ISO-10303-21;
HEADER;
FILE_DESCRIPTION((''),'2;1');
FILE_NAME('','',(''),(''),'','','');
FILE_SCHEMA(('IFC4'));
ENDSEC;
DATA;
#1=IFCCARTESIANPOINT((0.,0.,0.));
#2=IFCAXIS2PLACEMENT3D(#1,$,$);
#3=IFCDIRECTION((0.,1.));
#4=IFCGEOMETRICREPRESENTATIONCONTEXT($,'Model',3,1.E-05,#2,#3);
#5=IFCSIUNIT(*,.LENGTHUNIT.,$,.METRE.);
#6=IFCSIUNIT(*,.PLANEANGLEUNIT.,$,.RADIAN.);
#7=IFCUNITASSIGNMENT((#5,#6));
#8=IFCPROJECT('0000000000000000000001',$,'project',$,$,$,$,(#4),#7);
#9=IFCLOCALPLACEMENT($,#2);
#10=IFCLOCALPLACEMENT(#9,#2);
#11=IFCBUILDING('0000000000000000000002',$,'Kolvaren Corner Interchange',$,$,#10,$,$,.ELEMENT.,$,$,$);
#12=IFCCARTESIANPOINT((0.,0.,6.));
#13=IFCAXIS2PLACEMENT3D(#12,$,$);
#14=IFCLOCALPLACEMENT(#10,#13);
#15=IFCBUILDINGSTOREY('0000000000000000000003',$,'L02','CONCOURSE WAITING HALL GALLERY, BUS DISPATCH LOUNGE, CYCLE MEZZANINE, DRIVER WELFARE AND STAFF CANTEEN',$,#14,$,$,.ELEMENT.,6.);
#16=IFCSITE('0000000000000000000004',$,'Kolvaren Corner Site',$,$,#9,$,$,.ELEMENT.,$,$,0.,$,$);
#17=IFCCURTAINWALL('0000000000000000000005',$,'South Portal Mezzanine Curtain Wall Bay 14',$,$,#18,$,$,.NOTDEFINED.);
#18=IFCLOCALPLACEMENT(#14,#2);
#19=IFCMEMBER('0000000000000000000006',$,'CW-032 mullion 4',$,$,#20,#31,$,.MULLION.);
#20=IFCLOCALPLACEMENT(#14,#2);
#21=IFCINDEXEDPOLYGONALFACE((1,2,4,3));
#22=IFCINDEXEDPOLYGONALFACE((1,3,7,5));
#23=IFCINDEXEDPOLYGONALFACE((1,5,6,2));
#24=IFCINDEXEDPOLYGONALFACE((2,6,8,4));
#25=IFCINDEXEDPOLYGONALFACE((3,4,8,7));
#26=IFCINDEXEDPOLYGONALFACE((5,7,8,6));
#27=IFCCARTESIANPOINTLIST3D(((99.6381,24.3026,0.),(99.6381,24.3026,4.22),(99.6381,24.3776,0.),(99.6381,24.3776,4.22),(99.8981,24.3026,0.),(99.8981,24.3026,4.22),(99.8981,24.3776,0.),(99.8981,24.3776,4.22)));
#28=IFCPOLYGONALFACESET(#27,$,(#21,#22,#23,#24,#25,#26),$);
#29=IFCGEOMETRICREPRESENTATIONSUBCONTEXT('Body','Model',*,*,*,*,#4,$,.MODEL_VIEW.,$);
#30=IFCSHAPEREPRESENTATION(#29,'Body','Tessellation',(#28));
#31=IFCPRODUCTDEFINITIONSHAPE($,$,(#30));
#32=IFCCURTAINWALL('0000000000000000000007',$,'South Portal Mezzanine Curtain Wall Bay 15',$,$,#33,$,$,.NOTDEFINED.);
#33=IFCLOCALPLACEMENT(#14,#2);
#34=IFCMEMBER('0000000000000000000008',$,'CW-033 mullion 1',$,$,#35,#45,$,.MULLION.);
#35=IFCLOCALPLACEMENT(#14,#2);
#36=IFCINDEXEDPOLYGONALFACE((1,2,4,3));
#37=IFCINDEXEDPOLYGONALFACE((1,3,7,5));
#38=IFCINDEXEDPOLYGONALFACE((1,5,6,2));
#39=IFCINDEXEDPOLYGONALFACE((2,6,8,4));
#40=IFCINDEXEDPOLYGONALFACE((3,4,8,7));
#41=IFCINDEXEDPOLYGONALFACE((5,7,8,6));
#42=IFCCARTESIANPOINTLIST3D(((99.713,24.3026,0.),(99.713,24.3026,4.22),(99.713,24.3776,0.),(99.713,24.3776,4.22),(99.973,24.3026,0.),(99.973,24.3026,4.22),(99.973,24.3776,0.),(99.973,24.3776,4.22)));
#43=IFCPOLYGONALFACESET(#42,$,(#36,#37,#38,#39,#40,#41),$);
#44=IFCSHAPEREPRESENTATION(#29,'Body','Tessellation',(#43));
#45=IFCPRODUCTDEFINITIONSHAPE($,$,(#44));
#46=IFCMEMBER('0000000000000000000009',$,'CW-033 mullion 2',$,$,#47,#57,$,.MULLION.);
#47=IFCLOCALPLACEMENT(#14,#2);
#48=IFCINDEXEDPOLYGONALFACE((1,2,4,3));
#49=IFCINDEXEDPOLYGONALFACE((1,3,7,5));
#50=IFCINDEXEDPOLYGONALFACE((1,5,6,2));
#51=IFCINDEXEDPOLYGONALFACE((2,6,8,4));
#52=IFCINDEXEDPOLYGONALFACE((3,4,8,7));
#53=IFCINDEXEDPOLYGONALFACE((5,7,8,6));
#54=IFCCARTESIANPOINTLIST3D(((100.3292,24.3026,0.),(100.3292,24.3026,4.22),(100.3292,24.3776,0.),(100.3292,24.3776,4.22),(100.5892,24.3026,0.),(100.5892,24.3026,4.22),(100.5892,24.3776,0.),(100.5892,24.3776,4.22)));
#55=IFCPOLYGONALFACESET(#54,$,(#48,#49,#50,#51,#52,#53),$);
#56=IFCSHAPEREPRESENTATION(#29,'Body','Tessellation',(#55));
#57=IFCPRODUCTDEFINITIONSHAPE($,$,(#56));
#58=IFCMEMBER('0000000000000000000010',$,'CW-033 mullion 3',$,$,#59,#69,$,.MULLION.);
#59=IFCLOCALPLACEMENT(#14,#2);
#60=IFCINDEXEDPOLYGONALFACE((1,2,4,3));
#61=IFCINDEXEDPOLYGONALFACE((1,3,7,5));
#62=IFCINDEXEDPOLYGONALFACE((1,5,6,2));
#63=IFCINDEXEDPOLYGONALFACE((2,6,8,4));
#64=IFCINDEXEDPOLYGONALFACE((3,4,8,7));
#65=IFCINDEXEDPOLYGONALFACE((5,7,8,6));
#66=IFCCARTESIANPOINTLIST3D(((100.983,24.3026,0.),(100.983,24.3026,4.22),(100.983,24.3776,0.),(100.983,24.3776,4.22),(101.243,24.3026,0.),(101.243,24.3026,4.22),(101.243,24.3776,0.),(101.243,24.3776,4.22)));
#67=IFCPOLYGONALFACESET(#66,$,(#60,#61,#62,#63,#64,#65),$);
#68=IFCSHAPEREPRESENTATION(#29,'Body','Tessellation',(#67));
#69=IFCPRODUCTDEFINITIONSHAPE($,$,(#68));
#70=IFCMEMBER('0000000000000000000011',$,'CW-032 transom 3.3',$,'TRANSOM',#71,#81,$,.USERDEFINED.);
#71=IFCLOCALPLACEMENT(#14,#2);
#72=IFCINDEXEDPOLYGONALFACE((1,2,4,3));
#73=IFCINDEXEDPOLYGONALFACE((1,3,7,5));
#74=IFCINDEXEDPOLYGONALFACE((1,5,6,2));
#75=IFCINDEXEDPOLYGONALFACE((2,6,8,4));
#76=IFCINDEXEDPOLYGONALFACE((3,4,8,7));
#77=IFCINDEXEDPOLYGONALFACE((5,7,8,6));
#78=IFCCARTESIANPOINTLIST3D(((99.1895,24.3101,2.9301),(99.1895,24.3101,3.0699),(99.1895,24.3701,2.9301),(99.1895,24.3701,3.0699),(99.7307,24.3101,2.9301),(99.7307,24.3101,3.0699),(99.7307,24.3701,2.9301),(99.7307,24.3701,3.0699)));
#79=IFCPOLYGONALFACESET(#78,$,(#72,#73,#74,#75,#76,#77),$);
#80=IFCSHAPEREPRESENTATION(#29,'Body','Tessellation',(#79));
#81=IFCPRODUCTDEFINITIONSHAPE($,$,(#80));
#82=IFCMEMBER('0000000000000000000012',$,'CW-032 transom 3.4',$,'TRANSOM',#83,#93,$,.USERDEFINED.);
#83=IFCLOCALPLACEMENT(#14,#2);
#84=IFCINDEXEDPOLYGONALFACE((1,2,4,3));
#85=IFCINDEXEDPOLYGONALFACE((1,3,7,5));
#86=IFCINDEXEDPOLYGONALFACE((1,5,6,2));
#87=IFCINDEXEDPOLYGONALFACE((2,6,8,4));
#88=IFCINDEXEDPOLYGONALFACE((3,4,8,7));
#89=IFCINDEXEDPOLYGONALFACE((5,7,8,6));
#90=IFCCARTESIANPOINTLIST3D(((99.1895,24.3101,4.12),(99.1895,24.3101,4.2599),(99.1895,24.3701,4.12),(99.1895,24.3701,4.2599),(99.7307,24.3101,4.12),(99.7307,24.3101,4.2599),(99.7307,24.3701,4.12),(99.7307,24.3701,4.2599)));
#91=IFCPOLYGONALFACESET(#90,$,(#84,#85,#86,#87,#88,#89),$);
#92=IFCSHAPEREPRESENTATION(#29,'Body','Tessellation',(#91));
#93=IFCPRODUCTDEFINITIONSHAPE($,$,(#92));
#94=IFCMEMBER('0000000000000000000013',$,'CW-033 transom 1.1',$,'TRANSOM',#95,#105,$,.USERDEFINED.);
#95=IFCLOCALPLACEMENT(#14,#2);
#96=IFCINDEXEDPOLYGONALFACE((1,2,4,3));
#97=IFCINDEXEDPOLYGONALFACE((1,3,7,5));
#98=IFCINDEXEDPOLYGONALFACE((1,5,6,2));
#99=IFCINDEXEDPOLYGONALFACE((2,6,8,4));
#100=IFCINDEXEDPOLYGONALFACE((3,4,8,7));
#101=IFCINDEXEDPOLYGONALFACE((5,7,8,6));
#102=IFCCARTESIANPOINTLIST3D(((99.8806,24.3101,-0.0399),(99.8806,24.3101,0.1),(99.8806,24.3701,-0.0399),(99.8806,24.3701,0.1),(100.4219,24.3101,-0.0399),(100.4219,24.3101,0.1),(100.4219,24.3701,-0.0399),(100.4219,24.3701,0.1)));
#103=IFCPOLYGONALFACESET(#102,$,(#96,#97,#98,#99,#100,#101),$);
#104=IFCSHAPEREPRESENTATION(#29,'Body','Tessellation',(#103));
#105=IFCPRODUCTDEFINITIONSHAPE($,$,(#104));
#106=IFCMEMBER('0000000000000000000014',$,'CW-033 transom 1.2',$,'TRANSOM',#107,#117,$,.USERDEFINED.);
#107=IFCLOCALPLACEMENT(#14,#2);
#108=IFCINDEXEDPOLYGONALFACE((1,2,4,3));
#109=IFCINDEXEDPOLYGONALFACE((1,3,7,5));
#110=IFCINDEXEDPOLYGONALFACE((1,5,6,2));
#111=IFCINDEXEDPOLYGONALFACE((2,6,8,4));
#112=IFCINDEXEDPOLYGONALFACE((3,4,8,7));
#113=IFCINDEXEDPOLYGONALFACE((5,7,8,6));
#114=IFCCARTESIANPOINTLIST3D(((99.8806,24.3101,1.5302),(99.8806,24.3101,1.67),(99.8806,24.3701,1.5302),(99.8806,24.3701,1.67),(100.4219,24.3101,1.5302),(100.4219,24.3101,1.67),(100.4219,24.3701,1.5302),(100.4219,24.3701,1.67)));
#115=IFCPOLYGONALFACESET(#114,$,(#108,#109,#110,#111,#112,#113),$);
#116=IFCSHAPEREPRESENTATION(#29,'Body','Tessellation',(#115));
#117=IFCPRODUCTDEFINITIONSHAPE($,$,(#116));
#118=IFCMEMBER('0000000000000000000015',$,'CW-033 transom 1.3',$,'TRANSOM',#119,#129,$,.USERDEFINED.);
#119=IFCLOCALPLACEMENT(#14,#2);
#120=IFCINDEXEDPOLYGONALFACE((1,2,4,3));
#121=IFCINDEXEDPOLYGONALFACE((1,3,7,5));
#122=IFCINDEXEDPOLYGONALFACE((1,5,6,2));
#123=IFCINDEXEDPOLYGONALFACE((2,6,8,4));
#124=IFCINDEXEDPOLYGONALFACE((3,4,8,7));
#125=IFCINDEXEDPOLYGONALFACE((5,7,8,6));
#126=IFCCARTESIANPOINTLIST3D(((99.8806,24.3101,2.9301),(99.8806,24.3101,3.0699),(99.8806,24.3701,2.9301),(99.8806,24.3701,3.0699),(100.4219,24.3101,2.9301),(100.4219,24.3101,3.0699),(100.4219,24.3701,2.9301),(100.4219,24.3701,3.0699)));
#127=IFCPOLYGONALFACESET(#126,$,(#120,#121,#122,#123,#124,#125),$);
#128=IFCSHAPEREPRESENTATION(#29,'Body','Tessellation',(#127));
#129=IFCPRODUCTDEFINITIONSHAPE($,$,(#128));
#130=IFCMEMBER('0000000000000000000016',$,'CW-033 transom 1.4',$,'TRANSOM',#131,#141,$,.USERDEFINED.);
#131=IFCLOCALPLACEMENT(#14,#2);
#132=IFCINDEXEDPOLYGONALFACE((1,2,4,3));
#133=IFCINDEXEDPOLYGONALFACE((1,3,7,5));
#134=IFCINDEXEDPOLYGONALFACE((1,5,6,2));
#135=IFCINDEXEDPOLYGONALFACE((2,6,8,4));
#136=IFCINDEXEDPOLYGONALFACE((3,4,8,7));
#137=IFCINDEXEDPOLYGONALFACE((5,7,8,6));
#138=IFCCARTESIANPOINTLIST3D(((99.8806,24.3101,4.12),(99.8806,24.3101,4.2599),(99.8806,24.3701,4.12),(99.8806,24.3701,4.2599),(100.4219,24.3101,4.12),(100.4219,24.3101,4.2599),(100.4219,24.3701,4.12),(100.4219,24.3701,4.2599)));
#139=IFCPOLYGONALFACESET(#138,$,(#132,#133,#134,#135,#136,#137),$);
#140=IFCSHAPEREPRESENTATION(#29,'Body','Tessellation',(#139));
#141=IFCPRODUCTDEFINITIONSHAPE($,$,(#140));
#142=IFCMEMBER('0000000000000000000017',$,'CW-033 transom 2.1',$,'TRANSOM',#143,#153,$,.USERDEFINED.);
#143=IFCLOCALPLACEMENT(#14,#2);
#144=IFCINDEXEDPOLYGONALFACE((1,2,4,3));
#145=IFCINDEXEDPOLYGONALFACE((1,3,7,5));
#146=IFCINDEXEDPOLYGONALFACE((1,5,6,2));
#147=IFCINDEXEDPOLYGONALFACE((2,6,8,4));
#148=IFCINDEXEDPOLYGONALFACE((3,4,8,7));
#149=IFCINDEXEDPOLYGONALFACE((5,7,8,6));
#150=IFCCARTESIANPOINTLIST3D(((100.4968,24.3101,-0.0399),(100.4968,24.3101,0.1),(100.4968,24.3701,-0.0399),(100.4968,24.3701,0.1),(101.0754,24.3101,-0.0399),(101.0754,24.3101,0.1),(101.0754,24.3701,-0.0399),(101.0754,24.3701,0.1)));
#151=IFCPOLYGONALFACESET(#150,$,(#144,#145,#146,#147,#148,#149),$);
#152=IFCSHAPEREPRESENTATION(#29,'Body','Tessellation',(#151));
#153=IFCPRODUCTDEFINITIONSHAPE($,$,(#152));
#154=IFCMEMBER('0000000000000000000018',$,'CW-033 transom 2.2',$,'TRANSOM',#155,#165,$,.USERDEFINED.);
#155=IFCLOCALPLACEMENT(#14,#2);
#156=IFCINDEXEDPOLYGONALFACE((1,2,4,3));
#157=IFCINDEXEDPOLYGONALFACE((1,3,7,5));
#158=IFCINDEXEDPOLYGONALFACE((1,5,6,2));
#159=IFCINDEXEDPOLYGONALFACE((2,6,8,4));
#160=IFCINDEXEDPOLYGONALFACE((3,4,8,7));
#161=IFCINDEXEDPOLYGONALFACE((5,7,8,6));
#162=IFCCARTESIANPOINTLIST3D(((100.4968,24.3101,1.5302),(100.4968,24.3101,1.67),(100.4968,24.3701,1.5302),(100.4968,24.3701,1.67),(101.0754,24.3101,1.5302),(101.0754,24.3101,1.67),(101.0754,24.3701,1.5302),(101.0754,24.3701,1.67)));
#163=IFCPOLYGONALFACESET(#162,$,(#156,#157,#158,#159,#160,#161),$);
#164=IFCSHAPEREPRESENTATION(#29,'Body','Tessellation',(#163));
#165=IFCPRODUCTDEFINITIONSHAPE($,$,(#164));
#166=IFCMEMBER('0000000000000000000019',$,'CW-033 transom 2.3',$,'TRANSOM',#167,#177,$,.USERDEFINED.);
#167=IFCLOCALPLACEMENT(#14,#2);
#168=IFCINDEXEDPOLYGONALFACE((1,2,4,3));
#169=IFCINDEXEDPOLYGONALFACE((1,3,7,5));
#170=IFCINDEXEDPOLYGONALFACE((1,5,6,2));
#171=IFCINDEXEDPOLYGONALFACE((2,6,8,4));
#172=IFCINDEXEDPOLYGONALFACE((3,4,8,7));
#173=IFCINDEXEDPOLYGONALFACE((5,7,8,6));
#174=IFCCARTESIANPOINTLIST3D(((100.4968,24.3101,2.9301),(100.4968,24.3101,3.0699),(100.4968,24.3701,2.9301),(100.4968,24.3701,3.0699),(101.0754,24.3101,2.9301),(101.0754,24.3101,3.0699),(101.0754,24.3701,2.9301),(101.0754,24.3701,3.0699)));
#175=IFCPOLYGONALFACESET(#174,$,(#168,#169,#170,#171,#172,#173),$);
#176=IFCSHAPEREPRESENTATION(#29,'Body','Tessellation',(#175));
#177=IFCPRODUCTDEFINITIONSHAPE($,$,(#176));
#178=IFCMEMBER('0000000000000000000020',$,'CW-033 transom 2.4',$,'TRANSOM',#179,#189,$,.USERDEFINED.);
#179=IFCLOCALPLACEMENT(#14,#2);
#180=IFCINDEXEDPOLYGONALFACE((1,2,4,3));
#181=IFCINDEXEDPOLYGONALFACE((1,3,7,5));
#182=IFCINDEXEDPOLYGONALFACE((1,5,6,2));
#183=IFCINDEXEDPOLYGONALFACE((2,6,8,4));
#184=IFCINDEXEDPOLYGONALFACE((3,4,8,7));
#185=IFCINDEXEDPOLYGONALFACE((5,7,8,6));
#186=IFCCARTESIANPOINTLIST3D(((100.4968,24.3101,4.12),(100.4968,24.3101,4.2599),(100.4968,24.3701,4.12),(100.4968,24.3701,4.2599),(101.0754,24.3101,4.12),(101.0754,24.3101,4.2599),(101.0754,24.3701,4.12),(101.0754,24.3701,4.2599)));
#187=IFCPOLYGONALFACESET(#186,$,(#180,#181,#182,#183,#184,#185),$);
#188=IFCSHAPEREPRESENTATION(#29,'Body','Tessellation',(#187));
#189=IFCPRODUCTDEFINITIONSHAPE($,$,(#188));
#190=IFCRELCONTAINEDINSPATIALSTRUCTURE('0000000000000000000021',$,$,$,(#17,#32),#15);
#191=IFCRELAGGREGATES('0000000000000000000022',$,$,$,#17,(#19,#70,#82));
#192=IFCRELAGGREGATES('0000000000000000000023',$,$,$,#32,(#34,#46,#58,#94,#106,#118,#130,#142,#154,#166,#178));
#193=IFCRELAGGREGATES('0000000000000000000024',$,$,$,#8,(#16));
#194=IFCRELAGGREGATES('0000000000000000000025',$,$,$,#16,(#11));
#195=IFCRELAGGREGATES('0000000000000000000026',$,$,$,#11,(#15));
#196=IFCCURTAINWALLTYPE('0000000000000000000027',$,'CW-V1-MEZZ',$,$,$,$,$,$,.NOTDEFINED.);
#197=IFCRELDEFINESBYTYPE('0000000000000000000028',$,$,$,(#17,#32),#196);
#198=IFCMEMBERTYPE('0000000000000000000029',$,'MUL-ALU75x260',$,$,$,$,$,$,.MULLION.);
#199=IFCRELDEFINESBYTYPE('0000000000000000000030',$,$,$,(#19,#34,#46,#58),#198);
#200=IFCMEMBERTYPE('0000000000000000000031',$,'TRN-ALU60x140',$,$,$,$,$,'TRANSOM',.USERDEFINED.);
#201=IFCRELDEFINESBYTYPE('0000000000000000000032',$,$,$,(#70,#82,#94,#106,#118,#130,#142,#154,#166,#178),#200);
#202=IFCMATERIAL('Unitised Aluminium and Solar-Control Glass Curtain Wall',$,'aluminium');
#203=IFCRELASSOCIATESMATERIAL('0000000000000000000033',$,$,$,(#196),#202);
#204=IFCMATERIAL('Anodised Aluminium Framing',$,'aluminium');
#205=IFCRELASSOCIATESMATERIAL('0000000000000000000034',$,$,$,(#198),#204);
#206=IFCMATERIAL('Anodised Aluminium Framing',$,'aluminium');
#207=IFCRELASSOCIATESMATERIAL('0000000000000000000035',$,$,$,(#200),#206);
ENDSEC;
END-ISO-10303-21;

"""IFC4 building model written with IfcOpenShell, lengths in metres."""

from ifc_helpers import new_model, si_unit, direction, frame, origin, origin_2d, place, context, subcontext, project, spatial, rectangle, extrude, material, material_profile, profile_set, type_object, element, aggregate, save


model = new_model("IFC4")

# Units and contexts
model_context = context("Model", 3, precision=1e-05, world=origin(), true_north=direction((0.0, 1.0)))
body_context = subcontext(model_context, "Body", "Model", "MODEL_VIEW")
ifc_project = project(units=[si_unit("LENGTHUNIT", "METRE"), si_unit("PLANEANGLEUNIT", "RADIAN")], contexts=[model_context])

# Site, building, storey
site_placement = place(None, origin())
site = spatial("IfcSite", under=ifc_project, at=site_placement, Name="Kolvaren Corner Site", CompositionType="ELEMENT", RefElevation=0.0)
building_placement = place(site_placement, origin())
building = spatial("IfcBuilding", under=site, at=building_placement, Name="Kolvaren Corner Interchange", CompositionType="ELEMENT")
storey_placement = place(building_placement, frame((0.0, 0.0, 6.0)))
storey = spatial("IfcBuildingStorey", under=building, at=storey_placement, Name="L02", Description="CONCOURSE WAITING HALL GALLERY, BUS DISPATCH LOUNGE, CYCLE MEZZANINE, DRIVER WELFARE AND STAFF CANTEEN", CompositionType="ELEMENT", Elevation=6.0)

# Curtain wall, member
ifc_material_1 = material(Name="Unitised Aluminium and Solar-Control Glass Curtain Wall", Category="aluminium")
curtain_wall_type = type_object("IfcCurtainWallType", Name="CW-V1-MEZZ", PredefinedType="NOTDEFINED", material=ifc_material_1)
curtain_wall_1_placement = place(storey_placement, origin())
curtain_wall_1 = element("IfcCurtainWall", 1, at=curtain_wall_1_placement, inside=storey, type_object=curtain_wall_type, Name="South Portal Mezzanine Curtain Wall Bay 14", PredefinedType="NOTDEFINED")
ifc_material_2 = material(Name="Anodised Aluminium Framing", Category="aluminium")
ifc_material_profile_1 = material_profile(ifc_material_2, rectangle(XDim=0.075, YDim=0.26, at=origin_2d()), Name="ALU 75x260")
ifc_profile_set_1 = profile_set([ifc_material_profile_1], Name="Anodised Aluminium Framing")
member_type_1 = type_object("IfcMemberType", Name="MUL-ALU75x260", PredefinedType="MULLION", material=ifc_profile_set_1)
member_1_placement = place(storey_placement, frame((99.7681, 24.3401, 0.0), z_axis=(0.0, 0.0, 1.0), x_axis=(0.0, 1.0, 0.0)))
member_1 = element("IfcMember", 2, at=member_1_placement, type_object=member_type_1, Name="CW-032 mullion 4", PredefinedType="MULLION", context=body_context, shape_type="SweptSolid", body=[
    extrude(rectangle(XDim=0.075, YDim=0.26, at=origin_2d()), origin(), (0.0, 0.0, 1.0), 4.22),
])

# Curtain wall, members
curtain_wall_2_placement = place(storey_placement, origin())
curtain_wall_2 = element("IfcCurtainWall", 3, at=curtain_wall_2_placement, inside=storey, type_object=curtain_wall_type, Name="South Portal Mezzanine Curtain Wall Bay 15", PredefinedType="NOTDEFINED")
member_2_placement = place(storey_placement, frame((99.843, 24.3401, 0.0), z_axis=(0.0, 0.0, 1.0), x_axis=(0.0, 1.0, 0.0)))
member_2 = element("IfcMember", 4, at=member_2_placement, type_object=member_type_1, Name="CW-033 mullion 1", PredefinedType="MULLION", context=body_context, shape_type="SweptSolid", body=[
    extrude(rectangle(XDim=0.075, YDim=0.26, at=origin_2d()), origin(), (0.0, 0.0, 1.0), 4.22),
])
member_3_placement = place(storey_placement, frame((100.4592, 24.3401, 0.0), z_axis=(0.0, 0.0, 1.0), x_axis=(0.0, 1.0, 0.0)))
member_3 = element("IfcMember", 5, at=member_3_placement, type_object=member_type_1, Name="CW-033 mullion 2", PredefinedType="MULLION", context=body_context, shape_type="SweptSolid", body=[
    extrude(rectangle(XDim=0.075, YDim=0.26, at=origin_2d()), origin(), (0.0, 0.0, 1.0), 4.22),
])
member_4_placement = place(storey_placement, frame((101.113, 24.3401, 0.0), z_axis=(0.0, 0.0, 1.0), x_axis=(0.0, 1.0, 0.0)))
member_4 = element("IfcMember", 6, at=member_4_placement, type_object=member_type_1, Name="CW-033 mullion 3", PredefinedType="MULLION", context=body_context, shape_type="SweptSolid", body=[
    extrude(rectangle(XDim=0.075, YDim=0.26, at=origin_2d()), origin(), (0.0, 0.0, 1.0), 4.22),
])

# Members
ifc_material_3 = material(Name="Anodised Aluminium Framing", Category="aluminium")
ifc_material_profile_2 = material_profile(ifc_material_3, rectangle(XDim=0.0601, YDim=0.1399, at=origin_2d()), Name="ALU 60x140")
ifc_profile_set_2 = profile_set([ifc_material_profile_2], Name="Anodised Aluminium Framing")
member_type_2 = type_object("IfcMemberType", Name="TRN-ALU60x140", ElementType="TRANSOM", PredefinedType="USERDEFINED", material=ifc_profile_set_2)
member_5_placement = place(storey_placement, frame((99.1895, 24.3401, 3.0), z_axis=(1.0, 0.0, 0.0), x_axis=(0.0, 1.0, 0.0)))
member_5 = element("IfcMember", 7, at=member_5_placement, type_object=member_type_2, Name="CW-032 transom 3.3", ObjectType="TRANSOM", PredefinedType="USERDEFINED", context=body_context, shape_type="SweptSolid", body=[
    extrude(rectangle(XDim=0.0601, YDim=0.1399, at=origin_2d()), origin(), (0.0, 0.0, 1.0), 0.5413),
])
member_6_placement = place(storey_placement, frame((99.1895, 24.3401, 4.1899), z_axis=(1.0, 0.0, 0.0), x_axis=(0.0, 1.0, 0.0)))
member_6 = element("IfcMember", 8, at=member_6_placement, type_object=member_type_2, Name="CW-032 transom 3.4", ObjectType="TRANSOM", PredefinedType="USERDEFINED", context=body_context, shape_type="SweptSolid", body=[
    extrude(rectangle(XDim=0.0601, YDim=0.1399, at=origin_2d()), origin(), (0.0, 0.0, 1.0), 0.5413),
])
member_7_placement = place(storey_placement, frame((99.8806, 24.3401, 0.03), z_axis=(1.0, 0.0, 0.0), x_axis=(0.0, 1.0, 0.0)))
member_7 = element("IfcMember", 9, at=member_7_placement, type_object=member_type_2, Name="CW-033 transom 1.1", ObjectType="TRANSOM", PredefinedType="USERDEFINED", context=body_context, shape_type="SweptSolid", body=[
    extrude(rectangle(XDim=0.0601, YDim=0.1399, at=origin_2d()), origin(), (0.0, 0.0, 1.0), 0.5413),
])
member_8_placement = place(storey_placement, frame((99.8806, 24.3401, 1.6001), z_axis=(1.0, 0.0, 0.0), x_axis=(0.0, 1.0, 0.0)))
member_8 = element("IfcMember", 10, at=member_8_placement, type_object=member_type_2, Name="CW-033 transom 1.2", ObjectType="TRANSOM", PredefinedType="USERDEFINED", context=body_context, shape_type="SweptSolid", body=[
    extrude(rectangle(XDim=0.0601, YDim=0.1399, at=origin_2d()), origin(), (0.0, 0.0, 1.0), 0.5413),
])
member_9_placement = place(storey_placement, frame((99.8806, 24.3401, 3.0), z_axis=(1.0, 0.0, 0.0), x_axis=(0.0, 1.0, 0.0)))
member_9 = element("IfcMember", 11, at=member_9_placement, type_object=member_type_2, Name="CW-033 transom 1.3", ObjectType="TRANSOM", PredefinedType="USERDEFINED", context=body_context, shape_type="SweptSolid", body=[
    extrude(rectangle(XDim=0.0601, YDim=0.1399, at=origin_2d()), origin(), (0.0, 0.0, 1.0), 0.5413),
])
member_10_placement = place(storey_placement, frame((99.8806, 24.3401, 4.1899), z_axis=(1.0, 0.0, 0.0), x_axis=(0.0, 1.0, 0.0)))
member_10 = element("IfcMember", 12, at=member_10_placement, type_object=member_type_2, Name="CW-033 transom 1.4", ObjectType="TRANSOM", PredefinedType="USERDEFINED", context=body_context, shape_type="SweptSolid", body=[
    extrude(rectangle(XDim=0.0601, YDim=0.1399, at=origin_2d()), origin(), (0.0, 0.0, 1.0), 0.5413),
])
member_11_placement = place(storey_placement, frame((100.4968, 24.3401, 0.03), z_axis=(1.0, 0.0, 0.0), x_axis=(0.0, 1.0, 0.0)))
member_11 = element("IfcMember", 13, at=member_11_placement, type_object=member_type_2, Name="CW-033 transom 2.1", ObjectType="TRANSOM", PredefinedType="USERDEFINED", context=body_context, shape_type="SweptSolid", body=[
    extrude(rectangle(XDim=0.0601, YDim=0.1399, at=origin_2d()), origin(), (0.0, 0.0, 1.0), 0.5786),
])
member_12_placement = place(storey_placement, frame((100.4968, 24.3401, 1.6001), z_axis=(1.0, 0.0, 0.0), x_axis=(0.0, 1.0, 0.0)))
member_12 = element("IfcMember", 14, at=member_12_placement, type_object=member_type_2, Name="CW-033 transom 2.2", ObjectType="TRANSOM", PredefinedType="USERDEFINED", context=body_context, shape_type="SweptSolid", body=[
    extrude(rectangle(XDim=0.0601, YDim=0.1399, at=origin_2d()), origin(), (0.0, 0.0, 1.0), 0.5786),
])
member_13_placement = place(storey_placement, frame((100.4968, 24.3401, 3.0), z_axis=(1.0, 0.0, 0.0), x_axis=(0.0, 1.0, 0.0)))
member_13 = element("IfcMember", 15, at=member_13_placement, type_object=member_type_2, Name="CW-033 transom 2.3", ObjectType="TRANSOM", PredefinedType="USERDEFINED", context=body_context, shape_type="SweptSolid", body=[
    extrude(rectangle(XDim=0.0601, YDim=0.1399, at=origin_2d()), origin(), (0.0, 0.0, 1.0), 0.5786),
])
member_14_placement = place(storey_placement, frame((100.4968, 24.3401, 4.1899), z_axis=(1.0, 0.0, 0.0), x_axis=(0.0, 1.0, 0.0)))
member_14 = element("IfcMember", 16, at=member_14_placement, type_object=member_type_2, Name="CW-033 transom 2.4", ObjectType="TRANSOM", PredefinedType="USERDEFINED", context=body_context, shape_type="SweptSolid", body=[
    extrude(rectangle(XDim=0.0601, YDim=0.1399, at=origin_2d()), origin(), (0.0, 0.0, 1.0), 0.5786),
])

aggregate(curtain_wall_1, [member_1, member_5, member_6])
aggregate(curtain_wall_2, [member_2, member_3, member_4, member_7, member_8, member_9, member_10, member_11, member_12, member_13, member_14])

save(model, "model.ifc")
